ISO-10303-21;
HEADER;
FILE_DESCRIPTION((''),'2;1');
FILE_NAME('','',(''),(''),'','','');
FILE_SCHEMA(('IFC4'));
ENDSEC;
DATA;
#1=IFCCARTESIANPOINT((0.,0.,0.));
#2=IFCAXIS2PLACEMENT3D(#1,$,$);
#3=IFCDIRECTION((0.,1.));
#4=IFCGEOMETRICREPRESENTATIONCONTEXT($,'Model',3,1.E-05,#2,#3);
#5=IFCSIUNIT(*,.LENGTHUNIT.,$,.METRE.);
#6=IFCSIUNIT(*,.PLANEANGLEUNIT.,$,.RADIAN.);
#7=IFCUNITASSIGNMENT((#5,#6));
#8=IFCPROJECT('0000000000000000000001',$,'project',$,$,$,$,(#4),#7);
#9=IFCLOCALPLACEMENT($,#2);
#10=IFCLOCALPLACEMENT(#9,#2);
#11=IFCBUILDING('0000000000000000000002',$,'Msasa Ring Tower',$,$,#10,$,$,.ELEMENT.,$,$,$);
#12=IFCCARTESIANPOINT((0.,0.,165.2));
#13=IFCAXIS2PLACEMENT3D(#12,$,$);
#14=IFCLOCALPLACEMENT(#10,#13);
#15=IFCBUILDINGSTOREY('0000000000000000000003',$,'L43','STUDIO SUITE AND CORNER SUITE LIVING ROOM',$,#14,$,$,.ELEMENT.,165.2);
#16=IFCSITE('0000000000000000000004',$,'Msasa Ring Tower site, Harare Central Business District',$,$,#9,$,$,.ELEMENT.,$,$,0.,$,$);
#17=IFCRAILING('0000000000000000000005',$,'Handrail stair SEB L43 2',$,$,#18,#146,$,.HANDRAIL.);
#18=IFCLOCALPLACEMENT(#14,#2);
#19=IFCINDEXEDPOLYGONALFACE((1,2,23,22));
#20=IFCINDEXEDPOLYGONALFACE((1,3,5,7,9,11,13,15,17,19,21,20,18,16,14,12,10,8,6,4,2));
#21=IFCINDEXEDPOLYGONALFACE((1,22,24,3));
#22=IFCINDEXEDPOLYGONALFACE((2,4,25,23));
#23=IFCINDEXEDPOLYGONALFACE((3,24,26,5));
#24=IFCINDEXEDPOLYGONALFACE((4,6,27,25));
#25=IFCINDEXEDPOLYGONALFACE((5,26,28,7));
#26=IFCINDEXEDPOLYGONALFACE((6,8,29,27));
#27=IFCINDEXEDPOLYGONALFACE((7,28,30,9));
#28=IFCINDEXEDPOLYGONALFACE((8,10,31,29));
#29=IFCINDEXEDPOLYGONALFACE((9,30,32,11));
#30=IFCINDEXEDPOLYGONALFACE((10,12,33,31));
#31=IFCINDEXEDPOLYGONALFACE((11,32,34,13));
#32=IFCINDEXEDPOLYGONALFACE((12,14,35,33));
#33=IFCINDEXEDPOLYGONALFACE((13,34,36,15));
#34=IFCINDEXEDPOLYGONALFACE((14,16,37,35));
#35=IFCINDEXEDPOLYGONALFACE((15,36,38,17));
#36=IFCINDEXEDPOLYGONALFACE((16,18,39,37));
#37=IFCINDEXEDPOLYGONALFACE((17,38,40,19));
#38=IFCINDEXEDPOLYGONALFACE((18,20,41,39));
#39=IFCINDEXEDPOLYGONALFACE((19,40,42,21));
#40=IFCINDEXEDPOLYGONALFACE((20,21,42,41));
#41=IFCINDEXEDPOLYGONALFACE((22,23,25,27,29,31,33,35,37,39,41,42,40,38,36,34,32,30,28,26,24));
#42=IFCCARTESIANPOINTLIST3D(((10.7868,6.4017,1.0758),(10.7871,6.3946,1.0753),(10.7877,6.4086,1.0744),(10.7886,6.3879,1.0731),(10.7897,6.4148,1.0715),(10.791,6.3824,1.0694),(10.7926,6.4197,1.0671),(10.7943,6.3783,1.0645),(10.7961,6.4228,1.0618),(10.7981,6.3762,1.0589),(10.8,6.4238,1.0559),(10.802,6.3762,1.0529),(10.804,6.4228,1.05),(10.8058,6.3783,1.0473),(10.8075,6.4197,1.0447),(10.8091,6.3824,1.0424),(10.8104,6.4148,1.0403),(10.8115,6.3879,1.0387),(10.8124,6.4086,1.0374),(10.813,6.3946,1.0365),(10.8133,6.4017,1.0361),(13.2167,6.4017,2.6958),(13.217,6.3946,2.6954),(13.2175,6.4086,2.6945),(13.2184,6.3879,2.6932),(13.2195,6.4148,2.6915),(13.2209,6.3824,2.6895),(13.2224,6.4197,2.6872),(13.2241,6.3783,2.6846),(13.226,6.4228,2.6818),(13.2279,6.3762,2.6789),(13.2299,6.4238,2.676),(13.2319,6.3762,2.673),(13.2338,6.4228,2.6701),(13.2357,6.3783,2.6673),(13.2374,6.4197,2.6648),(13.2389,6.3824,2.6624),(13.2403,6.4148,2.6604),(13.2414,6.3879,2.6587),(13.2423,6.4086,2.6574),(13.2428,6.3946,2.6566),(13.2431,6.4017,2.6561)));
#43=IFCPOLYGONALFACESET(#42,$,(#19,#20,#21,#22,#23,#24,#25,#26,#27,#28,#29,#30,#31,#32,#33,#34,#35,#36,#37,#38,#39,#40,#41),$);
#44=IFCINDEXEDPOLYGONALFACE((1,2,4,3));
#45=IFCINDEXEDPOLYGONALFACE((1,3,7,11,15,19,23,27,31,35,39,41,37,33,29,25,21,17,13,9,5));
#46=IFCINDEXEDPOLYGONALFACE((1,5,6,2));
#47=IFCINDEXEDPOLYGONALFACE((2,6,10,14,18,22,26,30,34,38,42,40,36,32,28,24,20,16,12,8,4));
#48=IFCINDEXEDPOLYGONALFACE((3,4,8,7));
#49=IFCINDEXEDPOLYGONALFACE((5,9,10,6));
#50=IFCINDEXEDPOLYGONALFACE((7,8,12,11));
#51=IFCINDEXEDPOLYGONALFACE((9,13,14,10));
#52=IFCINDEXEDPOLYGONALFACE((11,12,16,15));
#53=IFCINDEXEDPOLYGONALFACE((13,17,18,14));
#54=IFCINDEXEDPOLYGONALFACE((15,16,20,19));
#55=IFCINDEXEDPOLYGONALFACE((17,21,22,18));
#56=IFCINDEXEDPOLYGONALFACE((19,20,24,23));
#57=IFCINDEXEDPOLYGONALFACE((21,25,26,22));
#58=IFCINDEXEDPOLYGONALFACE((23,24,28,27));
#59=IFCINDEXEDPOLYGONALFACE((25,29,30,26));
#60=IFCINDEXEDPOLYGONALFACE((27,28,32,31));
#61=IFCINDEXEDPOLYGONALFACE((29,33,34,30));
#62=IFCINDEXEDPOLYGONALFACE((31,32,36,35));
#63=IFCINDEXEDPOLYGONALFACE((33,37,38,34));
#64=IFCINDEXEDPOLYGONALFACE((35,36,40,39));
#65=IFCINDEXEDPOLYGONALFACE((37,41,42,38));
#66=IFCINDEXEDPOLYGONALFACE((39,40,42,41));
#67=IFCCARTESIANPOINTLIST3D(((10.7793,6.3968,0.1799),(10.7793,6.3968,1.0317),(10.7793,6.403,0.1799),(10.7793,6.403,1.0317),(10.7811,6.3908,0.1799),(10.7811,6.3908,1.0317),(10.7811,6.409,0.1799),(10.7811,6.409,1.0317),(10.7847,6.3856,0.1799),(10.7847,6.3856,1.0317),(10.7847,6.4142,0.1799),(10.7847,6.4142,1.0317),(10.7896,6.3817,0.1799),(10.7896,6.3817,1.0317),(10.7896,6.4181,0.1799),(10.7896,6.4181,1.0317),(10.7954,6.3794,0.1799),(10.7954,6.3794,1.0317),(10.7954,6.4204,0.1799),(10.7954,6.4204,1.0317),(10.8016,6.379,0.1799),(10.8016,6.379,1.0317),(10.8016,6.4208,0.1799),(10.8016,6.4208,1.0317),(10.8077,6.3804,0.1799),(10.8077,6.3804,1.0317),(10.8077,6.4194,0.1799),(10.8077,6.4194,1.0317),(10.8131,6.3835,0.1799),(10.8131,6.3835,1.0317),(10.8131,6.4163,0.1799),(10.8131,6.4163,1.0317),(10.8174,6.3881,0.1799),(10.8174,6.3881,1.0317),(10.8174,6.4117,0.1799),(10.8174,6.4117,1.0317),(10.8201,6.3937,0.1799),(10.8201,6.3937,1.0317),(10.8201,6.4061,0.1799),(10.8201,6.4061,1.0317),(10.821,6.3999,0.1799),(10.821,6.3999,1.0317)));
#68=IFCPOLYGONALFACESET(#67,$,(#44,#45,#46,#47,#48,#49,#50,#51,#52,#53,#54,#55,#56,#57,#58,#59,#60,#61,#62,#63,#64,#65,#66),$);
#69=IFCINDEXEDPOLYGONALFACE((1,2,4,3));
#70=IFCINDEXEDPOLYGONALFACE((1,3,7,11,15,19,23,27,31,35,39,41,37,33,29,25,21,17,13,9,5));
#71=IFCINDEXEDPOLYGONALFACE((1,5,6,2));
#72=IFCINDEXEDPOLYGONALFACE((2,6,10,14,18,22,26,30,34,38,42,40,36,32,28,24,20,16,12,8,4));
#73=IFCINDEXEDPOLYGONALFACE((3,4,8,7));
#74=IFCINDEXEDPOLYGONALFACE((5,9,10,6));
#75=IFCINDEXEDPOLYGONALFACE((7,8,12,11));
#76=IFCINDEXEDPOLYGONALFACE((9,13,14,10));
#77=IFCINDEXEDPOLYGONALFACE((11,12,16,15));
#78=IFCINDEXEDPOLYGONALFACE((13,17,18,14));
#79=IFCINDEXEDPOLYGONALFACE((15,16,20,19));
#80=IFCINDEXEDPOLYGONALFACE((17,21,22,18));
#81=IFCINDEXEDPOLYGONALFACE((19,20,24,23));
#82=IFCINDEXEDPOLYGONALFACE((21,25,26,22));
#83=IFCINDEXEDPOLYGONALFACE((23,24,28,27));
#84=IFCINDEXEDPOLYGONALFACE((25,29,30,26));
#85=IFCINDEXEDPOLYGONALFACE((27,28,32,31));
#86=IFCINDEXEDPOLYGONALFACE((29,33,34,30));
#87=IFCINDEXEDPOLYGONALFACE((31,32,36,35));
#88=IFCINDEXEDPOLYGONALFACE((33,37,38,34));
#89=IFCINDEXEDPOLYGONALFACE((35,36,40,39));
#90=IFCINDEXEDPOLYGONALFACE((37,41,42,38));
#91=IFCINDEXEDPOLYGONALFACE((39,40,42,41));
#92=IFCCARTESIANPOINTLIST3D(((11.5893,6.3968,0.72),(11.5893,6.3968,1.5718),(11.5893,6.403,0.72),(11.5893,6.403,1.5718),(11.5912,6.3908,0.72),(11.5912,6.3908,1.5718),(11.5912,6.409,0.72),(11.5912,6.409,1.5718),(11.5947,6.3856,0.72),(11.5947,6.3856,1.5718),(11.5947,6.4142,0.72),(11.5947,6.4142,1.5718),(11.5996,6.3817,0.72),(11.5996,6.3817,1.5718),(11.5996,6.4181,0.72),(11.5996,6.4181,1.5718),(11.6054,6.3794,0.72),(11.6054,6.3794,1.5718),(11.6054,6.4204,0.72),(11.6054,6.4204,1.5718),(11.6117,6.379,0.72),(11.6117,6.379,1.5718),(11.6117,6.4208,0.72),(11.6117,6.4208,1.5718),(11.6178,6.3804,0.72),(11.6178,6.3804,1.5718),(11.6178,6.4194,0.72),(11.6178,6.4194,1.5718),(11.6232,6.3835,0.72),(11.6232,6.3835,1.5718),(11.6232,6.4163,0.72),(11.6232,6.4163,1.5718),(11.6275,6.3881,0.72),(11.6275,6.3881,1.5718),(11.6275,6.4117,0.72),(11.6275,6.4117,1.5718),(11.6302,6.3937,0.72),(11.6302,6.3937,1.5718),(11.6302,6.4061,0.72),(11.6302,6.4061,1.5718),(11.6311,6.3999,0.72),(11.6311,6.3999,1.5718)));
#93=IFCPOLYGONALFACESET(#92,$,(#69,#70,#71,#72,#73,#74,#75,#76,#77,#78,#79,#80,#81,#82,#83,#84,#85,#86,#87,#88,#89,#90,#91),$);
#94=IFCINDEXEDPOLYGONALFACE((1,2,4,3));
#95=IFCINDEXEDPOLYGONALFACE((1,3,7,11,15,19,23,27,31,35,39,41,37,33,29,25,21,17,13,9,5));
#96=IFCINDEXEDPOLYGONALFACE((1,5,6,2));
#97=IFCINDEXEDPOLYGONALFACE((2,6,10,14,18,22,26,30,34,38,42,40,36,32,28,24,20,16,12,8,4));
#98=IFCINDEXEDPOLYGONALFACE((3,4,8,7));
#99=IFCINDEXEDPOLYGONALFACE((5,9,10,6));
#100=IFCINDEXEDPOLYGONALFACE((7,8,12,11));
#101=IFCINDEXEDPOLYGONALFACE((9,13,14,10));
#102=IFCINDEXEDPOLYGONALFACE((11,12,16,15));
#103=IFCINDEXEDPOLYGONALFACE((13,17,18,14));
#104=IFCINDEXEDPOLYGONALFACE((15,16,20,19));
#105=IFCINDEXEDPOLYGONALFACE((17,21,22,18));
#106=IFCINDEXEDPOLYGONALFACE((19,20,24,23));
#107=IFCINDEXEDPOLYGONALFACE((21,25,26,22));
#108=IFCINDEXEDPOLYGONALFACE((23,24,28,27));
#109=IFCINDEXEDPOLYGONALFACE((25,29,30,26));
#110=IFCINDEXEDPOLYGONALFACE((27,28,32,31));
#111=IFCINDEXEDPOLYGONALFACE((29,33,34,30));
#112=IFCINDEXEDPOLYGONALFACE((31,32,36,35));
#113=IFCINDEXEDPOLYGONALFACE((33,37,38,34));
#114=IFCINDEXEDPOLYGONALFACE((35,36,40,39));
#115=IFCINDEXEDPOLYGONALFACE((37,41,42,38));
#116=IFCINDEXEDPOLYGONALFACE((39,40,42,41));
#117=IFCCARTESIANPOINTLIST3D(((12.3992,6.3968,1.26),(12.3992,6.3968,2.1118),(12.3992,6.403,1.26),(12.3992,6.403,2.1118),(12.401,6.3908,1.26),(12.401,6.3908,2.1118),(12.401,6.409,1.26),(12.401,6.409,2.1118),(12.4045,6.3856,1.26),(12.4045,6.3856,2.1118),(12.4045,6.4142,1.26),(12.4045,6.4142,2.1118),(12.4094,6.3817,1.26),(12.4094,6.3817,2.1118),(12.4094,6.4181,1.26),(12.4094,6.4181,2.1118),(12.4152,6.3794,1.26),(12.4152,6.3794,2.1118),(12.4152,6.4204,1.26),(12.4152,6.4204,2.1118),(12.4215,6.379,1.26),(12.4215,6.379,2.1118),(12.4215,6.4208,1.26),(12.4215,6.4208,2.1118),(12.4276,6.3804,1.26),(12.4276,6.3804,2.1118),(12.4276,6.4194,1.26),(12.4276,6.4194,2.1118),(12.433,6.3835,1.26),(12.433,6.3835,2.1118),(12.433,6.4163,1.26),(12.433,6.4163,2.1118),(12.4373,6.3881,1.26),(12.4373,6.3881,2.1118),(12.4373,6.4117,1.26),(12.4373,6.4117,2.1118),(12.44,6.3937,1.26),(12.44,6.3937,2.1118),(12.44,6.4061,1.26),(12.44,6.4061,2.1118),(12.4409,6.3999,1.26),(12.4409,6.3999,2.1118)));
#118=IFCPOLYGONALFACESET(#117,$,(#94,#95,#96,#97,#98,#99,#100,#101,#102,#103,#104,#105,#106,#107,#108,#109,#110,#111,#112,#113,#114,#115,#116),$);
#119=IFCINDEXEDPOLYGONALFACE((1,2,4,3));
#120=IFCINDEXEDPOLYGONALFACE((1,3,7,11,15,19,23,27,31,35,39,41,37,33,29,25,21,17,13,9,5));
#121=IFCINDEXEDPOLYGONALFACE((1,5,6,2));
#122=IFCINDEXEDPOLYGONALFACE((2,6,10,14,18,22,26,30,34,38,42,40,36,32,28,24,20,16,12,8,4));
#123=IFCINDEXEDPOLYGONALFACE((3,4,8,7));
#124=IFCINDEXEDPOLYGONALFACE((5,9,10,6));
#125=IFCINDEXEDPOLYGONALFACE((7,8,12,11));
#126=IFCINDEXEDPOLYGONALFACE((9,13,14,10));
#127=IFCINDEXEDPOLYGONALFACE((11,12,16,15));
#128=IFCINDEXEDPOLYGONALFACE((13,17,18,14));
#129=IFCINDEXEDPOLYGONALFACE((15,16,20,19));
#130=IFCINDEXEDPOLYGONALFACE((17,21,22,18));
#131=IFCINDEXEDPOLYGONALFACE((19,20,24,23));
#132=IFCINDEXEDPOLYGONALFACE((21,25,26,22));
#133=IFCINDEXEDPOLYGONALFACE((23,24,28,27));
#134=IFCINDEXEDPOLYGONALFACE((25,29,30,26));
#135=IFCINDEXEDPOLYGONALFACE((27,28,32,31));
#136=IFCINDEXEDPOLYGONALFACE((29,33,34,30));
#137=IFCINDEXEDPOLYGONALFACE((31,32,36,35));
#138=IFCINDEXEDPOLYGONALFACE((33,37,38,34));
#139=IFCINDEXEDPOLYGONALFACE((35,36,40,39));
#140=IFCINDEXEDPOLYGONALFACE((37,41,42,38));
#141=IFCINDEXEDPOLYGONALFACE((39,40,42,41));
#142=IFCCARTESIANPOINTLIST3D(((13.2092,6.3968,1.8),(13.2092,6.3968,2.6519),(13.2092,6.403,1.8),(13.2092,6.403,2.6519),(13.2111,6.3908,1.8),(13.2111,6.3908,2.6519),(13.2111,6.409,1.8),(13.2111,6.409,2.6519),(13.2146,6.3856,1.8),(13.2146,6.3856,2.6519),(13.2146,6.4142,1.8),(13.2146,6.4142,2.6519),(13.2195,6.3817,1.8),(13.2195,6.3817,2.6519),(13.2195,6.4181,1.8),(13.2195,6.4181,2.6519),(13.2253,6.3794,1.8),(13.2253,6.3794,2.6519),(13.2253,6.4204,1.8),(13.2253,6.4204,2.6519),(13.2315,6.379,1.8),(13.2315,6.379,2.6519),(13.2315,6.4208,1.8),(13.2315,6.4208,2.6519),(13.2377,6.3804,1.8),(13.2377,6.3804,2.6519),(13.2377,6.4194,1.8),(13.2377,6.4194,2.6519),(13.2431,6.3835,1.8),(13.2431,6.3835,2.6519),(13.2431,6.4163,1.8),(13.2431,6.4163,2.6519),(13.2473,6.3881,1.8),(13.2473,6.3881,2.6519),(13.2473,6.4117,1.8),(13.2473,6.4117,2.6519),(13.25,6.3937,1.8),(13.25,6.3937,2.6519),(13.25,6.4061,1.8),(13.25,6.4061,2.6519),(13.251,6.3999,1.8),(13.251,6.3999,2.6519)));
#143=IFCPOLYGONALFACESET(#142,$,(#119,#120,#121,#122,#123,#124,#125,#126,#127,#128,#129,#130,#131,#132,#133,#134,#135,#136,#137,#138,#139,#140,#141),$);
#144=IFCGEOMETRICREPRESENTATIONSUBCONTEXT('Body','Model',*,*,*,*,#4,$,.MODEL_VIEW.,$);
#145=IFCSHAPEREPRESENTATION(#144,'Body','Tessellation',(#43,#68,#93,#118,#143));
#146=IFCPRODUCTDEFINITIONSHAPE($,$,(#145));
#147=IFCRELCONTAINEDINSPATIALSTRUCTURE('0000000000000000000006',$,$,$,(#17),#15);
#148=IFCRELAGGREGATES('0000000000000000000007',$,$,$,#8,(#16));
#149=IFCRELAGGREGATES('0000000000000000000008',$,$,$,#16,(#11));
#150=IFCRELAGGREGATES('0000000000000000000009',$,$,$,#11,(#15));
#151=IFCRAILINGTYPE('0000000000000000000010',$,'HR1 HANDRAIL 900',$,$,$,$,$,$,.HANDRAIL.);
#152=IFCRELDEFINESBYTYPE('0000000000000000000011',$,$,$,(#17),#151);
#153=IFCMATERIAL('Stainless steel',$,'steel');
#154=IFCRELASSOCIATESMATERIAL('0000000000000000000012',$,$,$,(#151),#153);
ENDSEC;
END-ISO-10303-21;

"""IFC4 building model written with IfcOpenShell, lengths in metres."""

from ifc_helpers import new_model, si_unit, direction, frame, origin, origin_2d, place, context, subcontext, project, spatial, circle, extrude, material, type_object, element, save


model = new_model("IFC4")

# Units and contexts
model_context = context("Model", 3, precision=1e-05, world=origin(), true_north=direction((0.0, 1.0)))
body_context = subcontext(model_context, "Body", "Model", "MODEL_VIEW")
ifc_project = project(units=[si_unit("LENGTHUNIT", "METRE"), si_unit("PLANEANGLEUNIT", "RADIAN")], contexts=[model_context])

# Site, building, storey
site_placement = place(None, origin())
site = spatial("IfcSite", under=ifc_project, at=site_placement, Name="Msasa Ring Tower site, Harare Central Business District", CompositionType="ELEMENT", RefElevation=0.0)
building_placement = place(site_placement, origin())
building = spatial("IfcBuilding", under=site, at=building_placement, Name="Msasa Ring Tower", CompositionType="ELEMENT")
storey_placement = place(building_placement, frame((0.0, 0.0, 165.2)))
storey = spatial("IfcBuildingStorey", under=building, at=storey_placement, Name="L43", Description="STUDIO SUITE AND CORNER SUITE LIVING ROOM", CompositionType="ELEMENT", Elevation=165.2)

# Railing
ifc_material_1 = material(Name="Stainless steel", Category="steel")
railing_type = type_object("IfcRailingType", Name="HR1 HANDRAIL 900", PredefinedType="HANDRAIL", material=ifc_material_1)
railing_placement = place(storey_placement, frame((10.8, 6.3999, 0.1799)))
element("IfcRailing", 1, at=railing_placement, inside=storey, type_object=railing_type, Name="Handrail stair SEB L43 2", PredefinedType="HANDRAIL", context=body_context, shape_type="SweptSolid", body=[
    extrude(circle(Radius=0.0239, at=origin_2d()), frame((0.0, 0.0, 0.876), z_axis=(0.832025, 0.0, 0.554739), x_axis=(0.0, 1.0, 0.0)), (0.0, 0.0, 1.0), 2.9204),
    extrude(circle(Radius=0.021, at=origin_2d()), origin(), (0.0, 0.0, 1.0), 0.8518),
    extrude(circle(Radius=0.021, at=origin_2d()), frame((0.8101, 0.0, 0.54)), (0.0, 0.0, 1.0), 0.8518),
    extrude(circle(Radius=0.021, at=origin_2d()), frame((1.6199, 0.0, 1.0801)), (0.0, 0.0, 1.0), 0.8518),
    extrude(circle(Radius=0.021, at=origin_2d()), frame((2.4299, 0.0, 1.6201)), (0.0, 0.0, 1.0), 0.8518),
])

save(model, "model.ifc")
